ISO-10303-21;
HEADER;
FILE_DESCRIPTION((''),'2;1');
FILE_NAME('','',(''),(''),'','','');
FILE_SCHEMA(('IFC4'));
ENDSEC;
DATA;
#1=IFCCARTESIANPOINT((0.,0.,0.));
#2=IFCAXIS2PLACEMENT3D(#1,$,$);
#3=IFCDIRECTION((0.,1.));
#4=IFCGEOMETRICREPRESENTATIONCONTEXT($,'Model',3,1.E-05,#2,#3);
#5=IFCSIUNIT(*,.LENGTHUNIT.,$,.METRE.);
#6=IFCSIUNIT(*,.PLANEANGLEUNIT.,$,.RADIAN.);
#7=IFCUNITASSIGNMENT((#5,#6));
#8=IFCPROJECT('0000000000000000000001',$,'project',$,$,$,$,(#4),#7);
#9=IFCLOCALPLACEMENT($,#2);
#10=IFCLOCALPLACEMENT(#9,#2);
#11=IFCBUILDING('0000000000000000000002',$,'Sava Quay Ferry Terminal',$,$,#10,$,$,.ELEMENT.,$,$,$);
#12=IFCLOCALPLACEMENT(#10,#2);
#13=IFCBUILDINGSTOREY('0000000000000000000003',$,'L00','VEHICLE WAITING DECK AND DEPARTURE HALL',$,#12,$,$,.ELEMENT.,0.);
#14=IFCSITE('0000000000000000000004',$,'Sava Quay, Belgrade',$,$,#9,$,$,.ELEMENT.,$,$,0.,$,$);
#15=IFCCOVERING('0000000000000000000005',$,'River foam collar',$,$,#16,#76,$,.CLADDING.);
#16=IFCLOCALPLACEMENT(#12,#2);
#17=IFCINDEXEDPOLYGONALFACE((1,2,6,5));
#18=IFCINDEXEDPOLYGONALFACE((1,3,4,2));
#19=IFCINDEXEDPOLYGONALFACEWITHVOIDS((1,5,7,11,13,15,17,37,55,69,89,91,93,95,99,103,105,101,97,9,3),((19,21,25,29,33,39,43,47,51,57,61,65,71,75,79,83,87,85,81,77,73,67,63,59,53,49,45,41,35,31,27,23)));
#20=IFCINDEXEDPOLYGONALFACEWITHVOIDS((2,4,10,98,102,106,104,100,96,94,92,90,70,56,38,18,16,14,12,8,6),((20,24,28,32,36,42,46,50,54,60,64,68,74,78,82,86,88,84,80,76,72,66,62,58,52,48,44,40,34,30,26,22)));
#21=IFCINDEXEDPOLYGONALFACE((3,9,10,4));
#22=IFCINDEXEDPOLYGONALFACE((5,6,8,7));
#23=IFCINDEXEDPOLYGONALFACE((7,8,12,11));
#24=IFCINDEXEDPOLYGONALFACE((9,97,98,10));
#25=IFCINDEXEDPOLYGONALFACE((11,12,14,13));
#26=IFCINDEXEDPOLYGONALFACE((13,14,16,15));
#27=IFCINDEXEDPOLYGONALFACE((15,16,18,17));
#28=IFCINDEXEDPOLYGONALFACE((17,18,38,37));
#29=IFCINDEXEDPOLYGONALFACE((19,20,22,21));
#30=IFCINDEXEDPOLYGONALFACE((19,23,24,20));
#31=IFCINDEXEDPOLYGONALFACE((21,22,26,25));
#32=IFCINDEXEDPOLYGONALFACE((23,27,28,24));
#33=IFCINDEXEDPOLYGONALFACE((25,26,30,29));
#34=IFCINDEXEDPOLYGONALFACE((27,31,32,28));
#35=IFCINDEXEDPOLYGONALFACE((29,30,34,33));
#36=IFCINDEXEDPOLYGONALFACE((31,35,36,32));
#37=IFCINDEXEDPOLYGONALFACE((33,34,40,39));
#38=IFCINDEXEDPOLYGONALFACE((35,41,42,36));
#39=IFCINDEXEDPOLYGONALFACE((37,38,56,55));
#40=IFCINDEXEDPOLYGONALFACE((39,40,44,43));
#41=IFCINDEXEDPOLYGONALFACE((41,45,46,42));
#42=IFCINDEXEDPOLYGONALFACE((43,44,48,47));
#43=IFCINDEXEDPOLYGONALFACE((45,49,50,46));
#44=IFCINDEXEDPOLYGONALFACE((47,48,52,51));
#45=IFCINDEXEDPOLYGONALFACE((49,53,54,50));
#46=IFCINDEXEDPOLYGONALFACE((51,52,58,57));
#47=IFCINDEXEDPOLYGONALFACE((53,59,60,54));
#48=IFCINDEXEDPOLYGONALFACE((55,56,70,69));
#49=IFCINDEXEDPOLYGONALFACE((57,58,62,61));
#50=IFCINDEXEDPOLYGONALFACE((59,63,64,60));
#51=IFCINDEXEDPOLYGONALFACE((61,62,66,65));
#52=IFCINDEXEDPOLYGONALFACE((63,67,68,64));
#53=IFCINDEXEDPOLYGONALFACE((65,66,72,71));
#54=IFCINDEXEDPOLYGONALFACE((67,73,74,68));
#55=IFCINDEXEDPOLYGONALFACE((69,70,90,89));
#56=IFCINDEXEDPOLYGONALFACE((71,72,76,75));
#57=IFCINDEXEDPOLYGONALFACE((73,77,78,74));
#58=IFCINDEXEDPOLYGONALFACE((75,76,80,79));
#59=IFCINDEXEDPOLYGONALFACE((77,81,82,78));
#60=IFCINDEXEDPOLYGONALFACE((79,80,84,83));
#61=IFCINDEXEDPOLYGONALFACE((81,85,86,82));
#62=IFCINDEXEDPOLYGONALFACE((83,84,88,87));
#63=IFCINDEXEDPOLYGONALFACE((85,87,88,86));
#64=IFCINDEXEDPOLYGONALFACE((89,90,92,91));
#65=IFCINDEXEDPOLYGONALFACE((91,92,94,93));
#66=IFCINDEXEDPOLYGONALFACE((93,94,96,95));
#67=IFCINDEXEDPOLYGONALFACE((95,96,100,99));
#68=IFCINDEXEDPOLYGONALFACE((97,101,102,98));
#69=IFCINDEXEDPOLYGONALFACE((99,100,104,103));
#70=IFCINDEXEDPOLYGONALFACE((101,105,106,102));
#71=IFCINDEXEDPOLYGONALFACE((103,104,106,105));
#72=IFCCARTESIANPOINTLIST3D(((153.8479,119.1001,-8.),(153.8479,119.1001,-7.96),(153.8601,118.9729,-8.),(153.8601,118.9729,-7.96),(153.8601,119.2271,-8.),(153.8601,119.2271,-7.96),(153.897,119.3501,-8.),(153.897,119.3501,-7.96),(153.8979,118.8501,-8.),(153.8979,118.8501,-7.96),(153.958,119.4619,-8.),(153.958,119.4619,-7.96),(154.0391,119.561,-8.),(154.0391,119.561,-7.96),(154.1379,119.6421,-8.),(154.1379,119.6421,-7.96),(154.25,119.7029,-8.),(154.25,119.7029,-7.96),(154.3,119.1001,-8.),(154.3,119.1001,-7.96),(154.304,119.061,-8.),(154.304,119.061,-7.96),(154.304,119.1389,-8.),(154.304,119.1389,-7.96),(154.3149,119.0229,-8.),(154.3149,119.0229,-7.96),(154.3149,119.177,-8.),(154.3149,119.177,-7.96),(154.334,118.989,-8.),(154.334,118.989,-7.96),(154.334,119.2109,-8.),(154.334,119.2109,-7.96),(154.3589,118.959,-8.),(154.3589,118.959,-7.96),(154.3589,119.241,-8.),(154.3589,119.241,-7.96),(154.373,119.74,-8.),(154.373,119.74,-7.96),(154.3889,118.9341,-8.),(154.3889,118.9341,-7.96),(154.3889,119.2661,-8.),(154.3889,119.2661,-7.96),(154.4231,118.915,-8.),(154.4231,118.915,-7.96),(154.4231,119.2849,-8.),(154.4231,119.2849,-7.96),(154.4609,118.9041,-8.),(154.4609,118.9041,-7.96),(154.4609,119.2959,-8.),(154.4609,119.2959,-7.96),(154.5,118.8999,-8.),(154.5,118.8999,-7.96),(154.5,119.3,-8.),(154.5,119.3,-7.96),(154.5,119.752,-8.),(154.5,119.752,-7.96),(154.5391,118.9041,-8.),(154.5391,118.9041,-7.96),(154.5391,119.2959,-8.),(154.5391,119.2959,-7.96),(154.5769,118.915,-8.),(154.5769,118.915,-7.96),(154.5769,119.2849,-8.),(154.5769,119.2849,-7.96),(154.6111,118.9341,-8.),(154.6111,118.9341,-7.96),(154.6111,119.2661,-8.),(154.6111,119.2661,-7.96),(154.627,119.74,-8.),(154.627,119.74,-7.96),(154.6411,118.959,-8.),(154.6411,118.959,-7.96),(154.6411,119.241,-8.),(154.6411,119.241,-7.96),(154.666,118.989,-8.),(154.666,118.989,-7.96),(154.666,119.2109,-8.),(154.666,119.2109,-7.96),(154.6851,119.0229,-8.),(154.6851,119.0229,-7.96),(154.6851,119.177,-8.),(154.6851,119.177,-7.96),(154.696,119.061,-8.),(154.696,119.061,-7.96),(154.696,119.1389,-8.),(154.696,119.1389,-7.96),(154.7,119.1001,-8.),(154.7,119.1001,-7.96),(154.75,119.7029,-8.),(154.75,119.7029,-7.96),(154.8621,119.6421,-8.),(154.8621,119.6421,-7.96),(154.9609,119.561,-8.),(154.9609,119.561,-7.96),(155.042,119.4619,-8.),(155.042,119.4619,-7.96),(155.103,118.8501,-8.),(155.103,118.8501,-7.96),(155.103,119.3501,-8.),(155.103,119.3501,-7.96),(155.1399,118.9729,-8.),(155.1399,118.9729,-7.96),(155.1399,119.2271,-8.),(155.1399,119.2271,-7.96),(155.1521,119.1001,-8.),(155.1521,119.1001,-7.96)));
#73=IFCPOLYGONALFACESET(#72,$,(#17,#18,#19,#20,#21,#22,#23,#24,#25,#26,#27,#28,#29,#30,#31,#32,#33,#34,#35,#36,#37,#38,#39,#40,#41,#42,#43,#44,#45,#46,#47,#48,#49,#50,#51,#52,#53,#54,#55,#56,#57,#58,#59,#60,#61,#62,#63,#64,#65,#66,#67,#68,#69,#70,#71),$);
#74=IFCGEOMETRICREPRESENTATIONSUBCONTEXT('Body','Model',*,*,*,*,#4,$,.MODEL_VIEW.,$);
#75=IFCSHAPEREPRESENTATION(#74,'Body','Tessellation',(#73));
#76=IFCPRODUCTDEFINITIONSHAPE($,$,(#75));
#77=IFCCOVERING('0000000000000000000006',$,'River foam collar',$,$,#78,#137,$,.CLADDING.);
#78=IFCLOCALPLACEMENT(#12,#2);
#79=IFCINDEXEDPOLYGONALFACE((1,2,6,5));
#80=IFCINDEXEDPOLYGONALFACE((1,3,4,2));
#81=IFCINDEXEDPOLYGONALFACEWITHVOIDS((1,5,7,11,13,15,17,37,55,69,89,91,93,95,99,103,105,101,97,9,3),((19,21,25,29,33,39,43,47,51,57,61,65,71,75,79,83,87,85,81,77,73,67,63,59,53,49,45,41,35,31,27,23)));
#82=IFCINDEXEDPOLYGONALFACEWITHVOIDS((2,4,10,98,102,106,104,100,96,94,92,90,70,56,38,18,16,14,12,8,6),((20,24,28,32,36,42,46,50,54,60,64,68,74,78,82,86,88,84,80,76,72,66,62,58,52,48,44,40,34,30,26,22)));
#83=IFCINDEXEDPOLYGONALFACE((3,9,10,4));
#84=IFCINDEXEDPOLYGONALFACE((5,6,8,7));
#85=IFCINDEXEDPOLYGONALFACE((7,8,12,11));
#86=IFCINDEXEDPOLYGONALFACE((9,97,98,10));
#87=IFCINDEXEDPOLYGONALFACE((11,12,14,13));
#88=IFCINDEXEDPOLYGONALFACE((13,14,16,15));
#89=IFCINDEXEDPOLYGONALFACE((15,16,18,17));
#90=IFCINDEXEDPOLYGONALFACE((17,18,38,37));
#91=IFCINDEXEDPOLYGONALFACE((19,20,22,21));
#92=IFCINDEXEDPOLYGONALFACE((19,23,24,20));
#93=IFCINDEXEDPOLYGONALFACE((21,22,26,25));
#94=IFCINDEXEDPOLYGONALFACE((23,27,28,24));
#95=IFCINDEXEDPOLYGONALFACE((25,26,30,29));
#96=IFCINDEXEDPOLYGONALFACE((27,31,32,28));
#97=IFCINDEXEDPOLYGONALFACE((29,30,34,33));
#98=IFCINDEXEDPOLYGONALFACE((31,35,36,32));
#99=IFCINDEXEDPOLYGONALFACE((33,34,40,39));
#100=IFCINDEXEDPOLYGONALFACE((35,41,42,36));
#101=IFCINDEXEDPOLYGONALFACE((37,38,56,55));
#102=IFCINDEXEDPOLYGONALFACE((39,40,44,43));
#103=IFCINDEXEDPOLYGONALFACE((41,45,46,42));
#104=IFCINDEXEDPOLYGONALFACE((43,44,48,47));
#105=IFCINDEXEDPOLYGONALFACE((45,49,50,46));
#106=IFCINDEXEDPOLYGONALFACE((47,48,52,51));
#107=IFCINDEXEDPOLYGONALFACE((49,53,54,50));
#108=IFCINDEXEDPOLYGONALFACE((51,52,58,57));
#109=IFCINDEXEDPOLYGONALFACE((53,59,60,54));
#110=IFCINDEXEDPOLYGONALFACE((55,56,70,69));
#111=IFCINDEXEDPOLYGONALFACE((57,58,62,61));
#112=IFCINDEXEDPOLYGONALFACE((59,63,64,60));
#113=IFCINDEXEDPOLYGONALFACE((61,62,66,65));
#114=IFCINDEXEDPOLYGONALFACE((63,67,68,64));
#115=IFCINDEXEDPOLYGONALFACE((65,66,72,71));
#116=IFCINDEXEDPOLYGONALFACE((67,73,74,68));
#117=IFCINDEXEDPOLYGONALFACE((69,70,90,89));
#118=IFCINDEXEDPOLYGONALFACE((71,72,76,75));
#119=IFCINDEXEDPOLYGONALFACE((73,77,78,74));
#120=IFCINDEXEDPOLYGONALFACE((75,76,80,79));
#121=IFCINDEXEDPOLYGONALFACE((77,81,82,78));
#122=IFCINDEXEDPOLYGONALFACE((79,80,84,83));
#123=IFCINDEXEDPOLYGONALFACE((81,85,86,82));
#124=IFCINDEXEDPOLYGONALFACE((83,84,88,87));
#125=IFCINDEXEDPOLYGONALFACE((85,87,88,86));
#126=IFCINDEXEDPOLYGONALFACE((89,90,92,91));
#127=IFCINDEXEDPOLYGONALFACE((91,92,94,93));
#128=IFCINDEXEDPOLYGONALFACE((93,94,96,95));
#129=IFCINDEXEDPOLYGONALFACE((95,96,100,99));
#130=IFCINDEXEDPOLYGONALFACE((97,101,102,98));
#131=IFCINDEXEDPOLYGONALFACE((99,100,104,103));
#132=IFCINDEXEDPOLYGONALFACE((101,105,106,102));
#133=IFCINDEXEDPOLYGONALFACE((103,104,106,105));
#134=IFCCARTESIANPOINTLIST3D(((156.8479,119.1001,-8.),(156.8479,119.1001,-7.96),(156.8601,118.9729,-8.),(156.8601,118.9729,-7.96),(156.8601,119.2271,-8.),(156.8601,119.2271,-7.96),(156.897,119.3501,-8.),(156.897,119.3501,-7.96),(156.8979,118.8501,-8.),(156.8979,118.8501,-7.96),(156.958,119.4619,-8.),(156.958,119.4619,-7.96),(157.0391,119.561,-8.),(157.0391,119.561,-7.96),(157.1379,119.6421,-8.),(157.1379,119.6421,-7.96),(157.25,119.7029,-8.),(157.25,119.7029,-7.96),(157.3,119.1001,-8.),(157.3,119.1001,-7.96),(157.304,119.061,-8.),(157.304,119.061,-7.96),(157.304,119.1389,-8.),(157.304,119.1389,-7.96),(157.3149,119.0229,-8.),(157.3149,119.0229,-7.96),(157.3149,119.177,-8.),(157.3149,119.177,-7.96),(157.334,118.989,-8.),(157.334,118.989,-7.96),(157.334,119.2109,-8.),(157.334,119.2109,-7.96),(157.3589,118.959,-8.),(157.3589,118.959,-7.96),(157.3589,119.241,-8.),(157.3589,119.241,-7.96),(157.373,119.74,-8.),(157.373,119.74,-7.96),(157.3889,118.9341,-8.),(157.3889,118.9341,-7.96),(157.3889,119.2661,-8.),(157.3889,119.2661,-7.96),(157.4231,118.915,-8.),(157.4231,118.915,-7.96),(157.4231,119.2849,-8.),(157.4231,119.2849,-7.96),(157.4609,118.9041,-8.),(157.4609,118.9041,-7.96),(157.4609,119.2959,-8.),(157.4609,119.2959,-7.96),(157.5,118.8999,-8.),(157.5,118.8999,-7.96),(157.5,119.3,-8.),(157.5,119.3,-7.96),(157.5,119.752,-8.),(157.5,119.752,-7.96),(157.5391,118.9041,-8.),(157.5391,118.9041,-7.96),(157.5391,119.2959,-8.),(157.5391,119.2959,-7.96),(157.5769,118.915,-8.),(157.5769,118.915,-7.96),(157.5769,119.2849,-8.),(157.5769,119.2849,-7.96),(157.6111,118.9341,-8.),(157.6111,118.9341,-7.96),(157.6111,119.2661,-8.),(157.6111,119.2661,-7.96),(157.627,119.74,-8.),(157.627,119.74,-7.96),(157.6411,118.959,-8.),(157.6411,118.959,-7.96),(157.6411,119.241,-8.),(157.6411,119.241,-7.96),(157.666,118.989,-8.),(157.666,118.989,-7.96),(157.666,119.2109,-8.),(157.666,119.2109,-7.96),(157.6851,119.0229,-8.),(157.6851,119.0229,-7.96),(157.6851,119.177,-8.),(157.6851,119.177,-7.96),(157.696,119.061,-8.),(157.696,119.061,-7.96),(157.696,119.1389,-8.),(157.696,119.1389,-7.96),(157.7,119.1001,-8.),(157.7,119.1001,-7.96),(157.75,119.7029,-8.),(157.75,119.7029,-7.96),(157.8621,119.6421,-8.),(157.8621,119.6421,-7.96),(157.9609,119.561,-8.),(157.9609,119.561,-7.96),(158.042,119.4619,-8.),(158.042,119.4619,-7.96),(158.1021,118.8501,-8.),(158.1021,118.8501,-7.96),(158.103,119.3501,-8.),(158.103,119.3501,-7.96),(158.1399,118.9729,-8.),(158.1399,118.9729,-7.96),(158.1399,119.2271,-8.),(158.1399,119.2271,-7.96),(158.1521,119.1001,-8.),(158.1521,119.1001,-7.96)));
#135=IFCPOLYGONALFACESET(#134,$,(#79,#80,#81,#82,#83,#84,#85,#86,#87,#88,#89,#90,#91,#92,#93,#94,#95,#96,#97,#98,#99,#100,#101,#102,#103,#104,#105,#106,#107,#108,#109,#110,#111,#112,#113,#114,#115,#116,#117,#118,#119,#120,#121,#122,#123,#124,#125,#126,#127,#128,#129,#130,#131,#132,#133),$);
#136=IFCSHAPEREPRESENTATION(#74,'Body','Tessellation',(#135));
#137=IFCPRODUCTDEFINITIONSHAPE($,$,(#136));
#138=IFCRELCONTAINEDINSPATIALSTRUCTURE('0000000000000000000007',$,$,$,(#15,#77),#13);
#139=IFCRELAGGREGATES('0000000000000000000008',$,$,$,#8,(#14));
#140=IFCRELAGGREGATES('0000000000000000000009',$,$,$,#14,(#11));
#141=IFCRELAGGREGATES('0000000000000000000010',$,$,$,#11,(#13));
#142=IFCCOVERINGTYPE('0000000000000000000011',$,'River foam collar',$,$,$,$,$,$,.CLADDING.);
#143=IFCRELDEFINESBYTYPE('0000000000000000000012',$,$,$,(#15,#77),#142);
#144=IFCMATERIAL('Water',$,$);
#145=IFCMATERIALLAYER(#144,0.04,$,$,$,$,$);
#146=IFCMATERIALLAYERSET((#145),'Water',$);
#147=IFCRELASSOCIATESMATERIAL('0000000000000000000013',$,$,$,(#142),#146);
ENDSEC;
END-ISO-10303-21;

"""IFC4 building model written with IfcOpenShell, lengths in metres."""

from ifc_helpers import new_model, si_unit, direction, frame, origin, place, context, subcontext, project, spatial, polyline, outline, extrude, material, layer, layer_set, type_object, element, save


model = new_model("IFC4")

# Units and contexts
model_context = context("Model", 3, precision=1e-05, world=origin(), true_north=direction((0.0, 1.0)))
body_context = subcontext(model_context, "Body", "Model", "MODEL_VIEW")
ifc_project = project(units=[si_unit("LENGTHUNIT", "METRE"), si_unit("PLANEANGLEUNIT", "RADIAN")], contexts=[model_context])

# Site, building, storey
site_placement = place(None, origin())
site = spatial("IfcSite", under=ifc_project, at=site_placement, Name="Sava Quay, Belgrade", CompositionType="ELEMENT", RefElevation=0.0)
building_placement = place(site_placement, origin())
building = spatial("IfcBuilding", under=site, at=building_placement, Name="Sava Quay Ferry Terminal", CompositionType="ELEMENT")
storey_placement = place(building_placement, origin())
storey = spatial("IfcBuildingStorey", under=building, at=storey_placement, Name="L00", Description="VEHICLE WAITING DECK AND DEPARTURE HALL", CompositionType="ELEMENT", Elevation=0.0)

# Coverings
ifc_material_1 = material(Name="Water")
ifc_layer_1 = layer(ifc_material_1, 0.04)
ifc_layer_set_1 = layer_set([ifc_layer_1], Name="Water")
covering_type_1 = type_object("IfcCoveringType", Name="River foam collar", PredefinedType="CLADDING", material=ifc_layer_set_1)
covering_1_placement = place(storey_placement, frame((0.0, 0.0, -8.0)))
element("IfcCovering", 1, at=covering_1_placement, inside=storey, type_object=covering_type_1, Name="River foam collar", PredefinedType="CLADDING", context=body_context, shape_type="SweptSolid", body=[
    extrude(outline(polyline([(155.103, 118.8501), (155.1399, 118.9729), (155.1521, 119.1001), (155.1399, 119.2271), (155.103, 119.3501), (155.042, 119.4619), (154.9609, 119.561), (154.8621, 119.6421), (154.75, 119.7029), (154.627, 119.74), (154.5, 119.752), (154.373, 119.74), (154.25, 119.7029), (154.1379, 119.6421), (154.0391, 119.561), (153.958, 119.4619), (153.897, 119.3501), (153.8601, 119.2271), (153.8479, 119.1001), (153.8601, 118.9729), (153.8979, 118.8501), (155.103, 118.8501)]), holes=[polyline([(154.3589, 119.241), (154.3889, 119.2661), (154.4231, 119.2849), (154.4609, 119.2959), (154.5, 119.3), (154.5391, 119.2959), (154.5769, 119.2849), (154.6111, 119.2661), (154.6411, 119.241), (154.666, 119.2109), (154.6851, 119.177), (154.696, 119.1389), (154.7, 119.1001), (154.696, 119.061), (154.6851, 119.0229), (154.666, 118.989), (154.6411, 118.959), (154.6111, 118.9341), (154.5769, 118.915), (154.5391, 118.9041), (154.5, 118.8999), (154.4609, 118.9041), (154.4231, 118.915), (154.3889, 118.9341), (154.3589, 118.959), (154.334, 118.989), (154.3149, 119.0229), (154.304, 119.061), (154.3, 119.1001), (154.304, 119.1389), (154.3149, 119.177), (154.334, 119.2109), (154.3589, 119.241)])]), origin(), (0.0, 0.0, 1.0), 0.04),
])
covering_2_placement = place(storey_placement, frame((0.0, 0.0, -8.0)))
element("IfcCovering", 2, at=covering_2_placement, inside=storey, type_object=covering_type_1, Name="River foam collar", PredefinedType="CLADDING", context=body_context, shape_type="SweptSolid", body=[
    extrude(outline(polyline([(158.1021, 118.8501), (158.1399, 118.9729), (158.1521, 119.1001), (158.1399, 119.2271), (158.103, 119.3501), (158.042, 119.4619), (157.9609, 119.561), (157.8621, 119.6421), (157.75, 119.7029), (157.627, 119.74), (157.5, 119.752), (157.373, 119.74), (157.25, 119.7029), (157.1379, 119.6421), (157.0391, 119.561), (156.958, 119.4619), (156.897, 119.3501), (156.8601, 119.2271), (156.8479, 119.1001), (156.8601, 118.9729), (156.8979, 118.8501), (158.1021, 118.8501)]), holes=[polyline([(157.334, 119.2109), (157.3589, 119.241), (157.3889, 119.2661), (157.4231, 119.2849), (157.4609, 119.2959), (157.5, 119.3), (157.5391, 119.2959), (157.5769, 119.2849), (157.6111, 119.2661), (157.6411, 119.241), (157.666, 119.2109), (157.6851, 119.177), (157.696, 119.1389), (157.7, 119.1001), (157.696, 119.061), (157.6851, 119.0229), (157.666, 118.989), (157.6411, 118.959), (157.6111, 118.9341), (157.5769, 118.915), (157.5391, 118.9041), (157.5, 118.8999), (157.4609, 118.9041), (157.4231, 118.915), (157.3889, 118.9341), (157.3589, 118.959), (157.334, 118.989), (157.3149, 119.0229), (157.304, 119.061), (157.3, 119.1001), (157.304, 119.1389), (157.3149, 119.177), (157.334, 119.2109)])]), origin(), (0.0, 0.0, 1.0), 0.04),
])

save(model, "model.ifc")
